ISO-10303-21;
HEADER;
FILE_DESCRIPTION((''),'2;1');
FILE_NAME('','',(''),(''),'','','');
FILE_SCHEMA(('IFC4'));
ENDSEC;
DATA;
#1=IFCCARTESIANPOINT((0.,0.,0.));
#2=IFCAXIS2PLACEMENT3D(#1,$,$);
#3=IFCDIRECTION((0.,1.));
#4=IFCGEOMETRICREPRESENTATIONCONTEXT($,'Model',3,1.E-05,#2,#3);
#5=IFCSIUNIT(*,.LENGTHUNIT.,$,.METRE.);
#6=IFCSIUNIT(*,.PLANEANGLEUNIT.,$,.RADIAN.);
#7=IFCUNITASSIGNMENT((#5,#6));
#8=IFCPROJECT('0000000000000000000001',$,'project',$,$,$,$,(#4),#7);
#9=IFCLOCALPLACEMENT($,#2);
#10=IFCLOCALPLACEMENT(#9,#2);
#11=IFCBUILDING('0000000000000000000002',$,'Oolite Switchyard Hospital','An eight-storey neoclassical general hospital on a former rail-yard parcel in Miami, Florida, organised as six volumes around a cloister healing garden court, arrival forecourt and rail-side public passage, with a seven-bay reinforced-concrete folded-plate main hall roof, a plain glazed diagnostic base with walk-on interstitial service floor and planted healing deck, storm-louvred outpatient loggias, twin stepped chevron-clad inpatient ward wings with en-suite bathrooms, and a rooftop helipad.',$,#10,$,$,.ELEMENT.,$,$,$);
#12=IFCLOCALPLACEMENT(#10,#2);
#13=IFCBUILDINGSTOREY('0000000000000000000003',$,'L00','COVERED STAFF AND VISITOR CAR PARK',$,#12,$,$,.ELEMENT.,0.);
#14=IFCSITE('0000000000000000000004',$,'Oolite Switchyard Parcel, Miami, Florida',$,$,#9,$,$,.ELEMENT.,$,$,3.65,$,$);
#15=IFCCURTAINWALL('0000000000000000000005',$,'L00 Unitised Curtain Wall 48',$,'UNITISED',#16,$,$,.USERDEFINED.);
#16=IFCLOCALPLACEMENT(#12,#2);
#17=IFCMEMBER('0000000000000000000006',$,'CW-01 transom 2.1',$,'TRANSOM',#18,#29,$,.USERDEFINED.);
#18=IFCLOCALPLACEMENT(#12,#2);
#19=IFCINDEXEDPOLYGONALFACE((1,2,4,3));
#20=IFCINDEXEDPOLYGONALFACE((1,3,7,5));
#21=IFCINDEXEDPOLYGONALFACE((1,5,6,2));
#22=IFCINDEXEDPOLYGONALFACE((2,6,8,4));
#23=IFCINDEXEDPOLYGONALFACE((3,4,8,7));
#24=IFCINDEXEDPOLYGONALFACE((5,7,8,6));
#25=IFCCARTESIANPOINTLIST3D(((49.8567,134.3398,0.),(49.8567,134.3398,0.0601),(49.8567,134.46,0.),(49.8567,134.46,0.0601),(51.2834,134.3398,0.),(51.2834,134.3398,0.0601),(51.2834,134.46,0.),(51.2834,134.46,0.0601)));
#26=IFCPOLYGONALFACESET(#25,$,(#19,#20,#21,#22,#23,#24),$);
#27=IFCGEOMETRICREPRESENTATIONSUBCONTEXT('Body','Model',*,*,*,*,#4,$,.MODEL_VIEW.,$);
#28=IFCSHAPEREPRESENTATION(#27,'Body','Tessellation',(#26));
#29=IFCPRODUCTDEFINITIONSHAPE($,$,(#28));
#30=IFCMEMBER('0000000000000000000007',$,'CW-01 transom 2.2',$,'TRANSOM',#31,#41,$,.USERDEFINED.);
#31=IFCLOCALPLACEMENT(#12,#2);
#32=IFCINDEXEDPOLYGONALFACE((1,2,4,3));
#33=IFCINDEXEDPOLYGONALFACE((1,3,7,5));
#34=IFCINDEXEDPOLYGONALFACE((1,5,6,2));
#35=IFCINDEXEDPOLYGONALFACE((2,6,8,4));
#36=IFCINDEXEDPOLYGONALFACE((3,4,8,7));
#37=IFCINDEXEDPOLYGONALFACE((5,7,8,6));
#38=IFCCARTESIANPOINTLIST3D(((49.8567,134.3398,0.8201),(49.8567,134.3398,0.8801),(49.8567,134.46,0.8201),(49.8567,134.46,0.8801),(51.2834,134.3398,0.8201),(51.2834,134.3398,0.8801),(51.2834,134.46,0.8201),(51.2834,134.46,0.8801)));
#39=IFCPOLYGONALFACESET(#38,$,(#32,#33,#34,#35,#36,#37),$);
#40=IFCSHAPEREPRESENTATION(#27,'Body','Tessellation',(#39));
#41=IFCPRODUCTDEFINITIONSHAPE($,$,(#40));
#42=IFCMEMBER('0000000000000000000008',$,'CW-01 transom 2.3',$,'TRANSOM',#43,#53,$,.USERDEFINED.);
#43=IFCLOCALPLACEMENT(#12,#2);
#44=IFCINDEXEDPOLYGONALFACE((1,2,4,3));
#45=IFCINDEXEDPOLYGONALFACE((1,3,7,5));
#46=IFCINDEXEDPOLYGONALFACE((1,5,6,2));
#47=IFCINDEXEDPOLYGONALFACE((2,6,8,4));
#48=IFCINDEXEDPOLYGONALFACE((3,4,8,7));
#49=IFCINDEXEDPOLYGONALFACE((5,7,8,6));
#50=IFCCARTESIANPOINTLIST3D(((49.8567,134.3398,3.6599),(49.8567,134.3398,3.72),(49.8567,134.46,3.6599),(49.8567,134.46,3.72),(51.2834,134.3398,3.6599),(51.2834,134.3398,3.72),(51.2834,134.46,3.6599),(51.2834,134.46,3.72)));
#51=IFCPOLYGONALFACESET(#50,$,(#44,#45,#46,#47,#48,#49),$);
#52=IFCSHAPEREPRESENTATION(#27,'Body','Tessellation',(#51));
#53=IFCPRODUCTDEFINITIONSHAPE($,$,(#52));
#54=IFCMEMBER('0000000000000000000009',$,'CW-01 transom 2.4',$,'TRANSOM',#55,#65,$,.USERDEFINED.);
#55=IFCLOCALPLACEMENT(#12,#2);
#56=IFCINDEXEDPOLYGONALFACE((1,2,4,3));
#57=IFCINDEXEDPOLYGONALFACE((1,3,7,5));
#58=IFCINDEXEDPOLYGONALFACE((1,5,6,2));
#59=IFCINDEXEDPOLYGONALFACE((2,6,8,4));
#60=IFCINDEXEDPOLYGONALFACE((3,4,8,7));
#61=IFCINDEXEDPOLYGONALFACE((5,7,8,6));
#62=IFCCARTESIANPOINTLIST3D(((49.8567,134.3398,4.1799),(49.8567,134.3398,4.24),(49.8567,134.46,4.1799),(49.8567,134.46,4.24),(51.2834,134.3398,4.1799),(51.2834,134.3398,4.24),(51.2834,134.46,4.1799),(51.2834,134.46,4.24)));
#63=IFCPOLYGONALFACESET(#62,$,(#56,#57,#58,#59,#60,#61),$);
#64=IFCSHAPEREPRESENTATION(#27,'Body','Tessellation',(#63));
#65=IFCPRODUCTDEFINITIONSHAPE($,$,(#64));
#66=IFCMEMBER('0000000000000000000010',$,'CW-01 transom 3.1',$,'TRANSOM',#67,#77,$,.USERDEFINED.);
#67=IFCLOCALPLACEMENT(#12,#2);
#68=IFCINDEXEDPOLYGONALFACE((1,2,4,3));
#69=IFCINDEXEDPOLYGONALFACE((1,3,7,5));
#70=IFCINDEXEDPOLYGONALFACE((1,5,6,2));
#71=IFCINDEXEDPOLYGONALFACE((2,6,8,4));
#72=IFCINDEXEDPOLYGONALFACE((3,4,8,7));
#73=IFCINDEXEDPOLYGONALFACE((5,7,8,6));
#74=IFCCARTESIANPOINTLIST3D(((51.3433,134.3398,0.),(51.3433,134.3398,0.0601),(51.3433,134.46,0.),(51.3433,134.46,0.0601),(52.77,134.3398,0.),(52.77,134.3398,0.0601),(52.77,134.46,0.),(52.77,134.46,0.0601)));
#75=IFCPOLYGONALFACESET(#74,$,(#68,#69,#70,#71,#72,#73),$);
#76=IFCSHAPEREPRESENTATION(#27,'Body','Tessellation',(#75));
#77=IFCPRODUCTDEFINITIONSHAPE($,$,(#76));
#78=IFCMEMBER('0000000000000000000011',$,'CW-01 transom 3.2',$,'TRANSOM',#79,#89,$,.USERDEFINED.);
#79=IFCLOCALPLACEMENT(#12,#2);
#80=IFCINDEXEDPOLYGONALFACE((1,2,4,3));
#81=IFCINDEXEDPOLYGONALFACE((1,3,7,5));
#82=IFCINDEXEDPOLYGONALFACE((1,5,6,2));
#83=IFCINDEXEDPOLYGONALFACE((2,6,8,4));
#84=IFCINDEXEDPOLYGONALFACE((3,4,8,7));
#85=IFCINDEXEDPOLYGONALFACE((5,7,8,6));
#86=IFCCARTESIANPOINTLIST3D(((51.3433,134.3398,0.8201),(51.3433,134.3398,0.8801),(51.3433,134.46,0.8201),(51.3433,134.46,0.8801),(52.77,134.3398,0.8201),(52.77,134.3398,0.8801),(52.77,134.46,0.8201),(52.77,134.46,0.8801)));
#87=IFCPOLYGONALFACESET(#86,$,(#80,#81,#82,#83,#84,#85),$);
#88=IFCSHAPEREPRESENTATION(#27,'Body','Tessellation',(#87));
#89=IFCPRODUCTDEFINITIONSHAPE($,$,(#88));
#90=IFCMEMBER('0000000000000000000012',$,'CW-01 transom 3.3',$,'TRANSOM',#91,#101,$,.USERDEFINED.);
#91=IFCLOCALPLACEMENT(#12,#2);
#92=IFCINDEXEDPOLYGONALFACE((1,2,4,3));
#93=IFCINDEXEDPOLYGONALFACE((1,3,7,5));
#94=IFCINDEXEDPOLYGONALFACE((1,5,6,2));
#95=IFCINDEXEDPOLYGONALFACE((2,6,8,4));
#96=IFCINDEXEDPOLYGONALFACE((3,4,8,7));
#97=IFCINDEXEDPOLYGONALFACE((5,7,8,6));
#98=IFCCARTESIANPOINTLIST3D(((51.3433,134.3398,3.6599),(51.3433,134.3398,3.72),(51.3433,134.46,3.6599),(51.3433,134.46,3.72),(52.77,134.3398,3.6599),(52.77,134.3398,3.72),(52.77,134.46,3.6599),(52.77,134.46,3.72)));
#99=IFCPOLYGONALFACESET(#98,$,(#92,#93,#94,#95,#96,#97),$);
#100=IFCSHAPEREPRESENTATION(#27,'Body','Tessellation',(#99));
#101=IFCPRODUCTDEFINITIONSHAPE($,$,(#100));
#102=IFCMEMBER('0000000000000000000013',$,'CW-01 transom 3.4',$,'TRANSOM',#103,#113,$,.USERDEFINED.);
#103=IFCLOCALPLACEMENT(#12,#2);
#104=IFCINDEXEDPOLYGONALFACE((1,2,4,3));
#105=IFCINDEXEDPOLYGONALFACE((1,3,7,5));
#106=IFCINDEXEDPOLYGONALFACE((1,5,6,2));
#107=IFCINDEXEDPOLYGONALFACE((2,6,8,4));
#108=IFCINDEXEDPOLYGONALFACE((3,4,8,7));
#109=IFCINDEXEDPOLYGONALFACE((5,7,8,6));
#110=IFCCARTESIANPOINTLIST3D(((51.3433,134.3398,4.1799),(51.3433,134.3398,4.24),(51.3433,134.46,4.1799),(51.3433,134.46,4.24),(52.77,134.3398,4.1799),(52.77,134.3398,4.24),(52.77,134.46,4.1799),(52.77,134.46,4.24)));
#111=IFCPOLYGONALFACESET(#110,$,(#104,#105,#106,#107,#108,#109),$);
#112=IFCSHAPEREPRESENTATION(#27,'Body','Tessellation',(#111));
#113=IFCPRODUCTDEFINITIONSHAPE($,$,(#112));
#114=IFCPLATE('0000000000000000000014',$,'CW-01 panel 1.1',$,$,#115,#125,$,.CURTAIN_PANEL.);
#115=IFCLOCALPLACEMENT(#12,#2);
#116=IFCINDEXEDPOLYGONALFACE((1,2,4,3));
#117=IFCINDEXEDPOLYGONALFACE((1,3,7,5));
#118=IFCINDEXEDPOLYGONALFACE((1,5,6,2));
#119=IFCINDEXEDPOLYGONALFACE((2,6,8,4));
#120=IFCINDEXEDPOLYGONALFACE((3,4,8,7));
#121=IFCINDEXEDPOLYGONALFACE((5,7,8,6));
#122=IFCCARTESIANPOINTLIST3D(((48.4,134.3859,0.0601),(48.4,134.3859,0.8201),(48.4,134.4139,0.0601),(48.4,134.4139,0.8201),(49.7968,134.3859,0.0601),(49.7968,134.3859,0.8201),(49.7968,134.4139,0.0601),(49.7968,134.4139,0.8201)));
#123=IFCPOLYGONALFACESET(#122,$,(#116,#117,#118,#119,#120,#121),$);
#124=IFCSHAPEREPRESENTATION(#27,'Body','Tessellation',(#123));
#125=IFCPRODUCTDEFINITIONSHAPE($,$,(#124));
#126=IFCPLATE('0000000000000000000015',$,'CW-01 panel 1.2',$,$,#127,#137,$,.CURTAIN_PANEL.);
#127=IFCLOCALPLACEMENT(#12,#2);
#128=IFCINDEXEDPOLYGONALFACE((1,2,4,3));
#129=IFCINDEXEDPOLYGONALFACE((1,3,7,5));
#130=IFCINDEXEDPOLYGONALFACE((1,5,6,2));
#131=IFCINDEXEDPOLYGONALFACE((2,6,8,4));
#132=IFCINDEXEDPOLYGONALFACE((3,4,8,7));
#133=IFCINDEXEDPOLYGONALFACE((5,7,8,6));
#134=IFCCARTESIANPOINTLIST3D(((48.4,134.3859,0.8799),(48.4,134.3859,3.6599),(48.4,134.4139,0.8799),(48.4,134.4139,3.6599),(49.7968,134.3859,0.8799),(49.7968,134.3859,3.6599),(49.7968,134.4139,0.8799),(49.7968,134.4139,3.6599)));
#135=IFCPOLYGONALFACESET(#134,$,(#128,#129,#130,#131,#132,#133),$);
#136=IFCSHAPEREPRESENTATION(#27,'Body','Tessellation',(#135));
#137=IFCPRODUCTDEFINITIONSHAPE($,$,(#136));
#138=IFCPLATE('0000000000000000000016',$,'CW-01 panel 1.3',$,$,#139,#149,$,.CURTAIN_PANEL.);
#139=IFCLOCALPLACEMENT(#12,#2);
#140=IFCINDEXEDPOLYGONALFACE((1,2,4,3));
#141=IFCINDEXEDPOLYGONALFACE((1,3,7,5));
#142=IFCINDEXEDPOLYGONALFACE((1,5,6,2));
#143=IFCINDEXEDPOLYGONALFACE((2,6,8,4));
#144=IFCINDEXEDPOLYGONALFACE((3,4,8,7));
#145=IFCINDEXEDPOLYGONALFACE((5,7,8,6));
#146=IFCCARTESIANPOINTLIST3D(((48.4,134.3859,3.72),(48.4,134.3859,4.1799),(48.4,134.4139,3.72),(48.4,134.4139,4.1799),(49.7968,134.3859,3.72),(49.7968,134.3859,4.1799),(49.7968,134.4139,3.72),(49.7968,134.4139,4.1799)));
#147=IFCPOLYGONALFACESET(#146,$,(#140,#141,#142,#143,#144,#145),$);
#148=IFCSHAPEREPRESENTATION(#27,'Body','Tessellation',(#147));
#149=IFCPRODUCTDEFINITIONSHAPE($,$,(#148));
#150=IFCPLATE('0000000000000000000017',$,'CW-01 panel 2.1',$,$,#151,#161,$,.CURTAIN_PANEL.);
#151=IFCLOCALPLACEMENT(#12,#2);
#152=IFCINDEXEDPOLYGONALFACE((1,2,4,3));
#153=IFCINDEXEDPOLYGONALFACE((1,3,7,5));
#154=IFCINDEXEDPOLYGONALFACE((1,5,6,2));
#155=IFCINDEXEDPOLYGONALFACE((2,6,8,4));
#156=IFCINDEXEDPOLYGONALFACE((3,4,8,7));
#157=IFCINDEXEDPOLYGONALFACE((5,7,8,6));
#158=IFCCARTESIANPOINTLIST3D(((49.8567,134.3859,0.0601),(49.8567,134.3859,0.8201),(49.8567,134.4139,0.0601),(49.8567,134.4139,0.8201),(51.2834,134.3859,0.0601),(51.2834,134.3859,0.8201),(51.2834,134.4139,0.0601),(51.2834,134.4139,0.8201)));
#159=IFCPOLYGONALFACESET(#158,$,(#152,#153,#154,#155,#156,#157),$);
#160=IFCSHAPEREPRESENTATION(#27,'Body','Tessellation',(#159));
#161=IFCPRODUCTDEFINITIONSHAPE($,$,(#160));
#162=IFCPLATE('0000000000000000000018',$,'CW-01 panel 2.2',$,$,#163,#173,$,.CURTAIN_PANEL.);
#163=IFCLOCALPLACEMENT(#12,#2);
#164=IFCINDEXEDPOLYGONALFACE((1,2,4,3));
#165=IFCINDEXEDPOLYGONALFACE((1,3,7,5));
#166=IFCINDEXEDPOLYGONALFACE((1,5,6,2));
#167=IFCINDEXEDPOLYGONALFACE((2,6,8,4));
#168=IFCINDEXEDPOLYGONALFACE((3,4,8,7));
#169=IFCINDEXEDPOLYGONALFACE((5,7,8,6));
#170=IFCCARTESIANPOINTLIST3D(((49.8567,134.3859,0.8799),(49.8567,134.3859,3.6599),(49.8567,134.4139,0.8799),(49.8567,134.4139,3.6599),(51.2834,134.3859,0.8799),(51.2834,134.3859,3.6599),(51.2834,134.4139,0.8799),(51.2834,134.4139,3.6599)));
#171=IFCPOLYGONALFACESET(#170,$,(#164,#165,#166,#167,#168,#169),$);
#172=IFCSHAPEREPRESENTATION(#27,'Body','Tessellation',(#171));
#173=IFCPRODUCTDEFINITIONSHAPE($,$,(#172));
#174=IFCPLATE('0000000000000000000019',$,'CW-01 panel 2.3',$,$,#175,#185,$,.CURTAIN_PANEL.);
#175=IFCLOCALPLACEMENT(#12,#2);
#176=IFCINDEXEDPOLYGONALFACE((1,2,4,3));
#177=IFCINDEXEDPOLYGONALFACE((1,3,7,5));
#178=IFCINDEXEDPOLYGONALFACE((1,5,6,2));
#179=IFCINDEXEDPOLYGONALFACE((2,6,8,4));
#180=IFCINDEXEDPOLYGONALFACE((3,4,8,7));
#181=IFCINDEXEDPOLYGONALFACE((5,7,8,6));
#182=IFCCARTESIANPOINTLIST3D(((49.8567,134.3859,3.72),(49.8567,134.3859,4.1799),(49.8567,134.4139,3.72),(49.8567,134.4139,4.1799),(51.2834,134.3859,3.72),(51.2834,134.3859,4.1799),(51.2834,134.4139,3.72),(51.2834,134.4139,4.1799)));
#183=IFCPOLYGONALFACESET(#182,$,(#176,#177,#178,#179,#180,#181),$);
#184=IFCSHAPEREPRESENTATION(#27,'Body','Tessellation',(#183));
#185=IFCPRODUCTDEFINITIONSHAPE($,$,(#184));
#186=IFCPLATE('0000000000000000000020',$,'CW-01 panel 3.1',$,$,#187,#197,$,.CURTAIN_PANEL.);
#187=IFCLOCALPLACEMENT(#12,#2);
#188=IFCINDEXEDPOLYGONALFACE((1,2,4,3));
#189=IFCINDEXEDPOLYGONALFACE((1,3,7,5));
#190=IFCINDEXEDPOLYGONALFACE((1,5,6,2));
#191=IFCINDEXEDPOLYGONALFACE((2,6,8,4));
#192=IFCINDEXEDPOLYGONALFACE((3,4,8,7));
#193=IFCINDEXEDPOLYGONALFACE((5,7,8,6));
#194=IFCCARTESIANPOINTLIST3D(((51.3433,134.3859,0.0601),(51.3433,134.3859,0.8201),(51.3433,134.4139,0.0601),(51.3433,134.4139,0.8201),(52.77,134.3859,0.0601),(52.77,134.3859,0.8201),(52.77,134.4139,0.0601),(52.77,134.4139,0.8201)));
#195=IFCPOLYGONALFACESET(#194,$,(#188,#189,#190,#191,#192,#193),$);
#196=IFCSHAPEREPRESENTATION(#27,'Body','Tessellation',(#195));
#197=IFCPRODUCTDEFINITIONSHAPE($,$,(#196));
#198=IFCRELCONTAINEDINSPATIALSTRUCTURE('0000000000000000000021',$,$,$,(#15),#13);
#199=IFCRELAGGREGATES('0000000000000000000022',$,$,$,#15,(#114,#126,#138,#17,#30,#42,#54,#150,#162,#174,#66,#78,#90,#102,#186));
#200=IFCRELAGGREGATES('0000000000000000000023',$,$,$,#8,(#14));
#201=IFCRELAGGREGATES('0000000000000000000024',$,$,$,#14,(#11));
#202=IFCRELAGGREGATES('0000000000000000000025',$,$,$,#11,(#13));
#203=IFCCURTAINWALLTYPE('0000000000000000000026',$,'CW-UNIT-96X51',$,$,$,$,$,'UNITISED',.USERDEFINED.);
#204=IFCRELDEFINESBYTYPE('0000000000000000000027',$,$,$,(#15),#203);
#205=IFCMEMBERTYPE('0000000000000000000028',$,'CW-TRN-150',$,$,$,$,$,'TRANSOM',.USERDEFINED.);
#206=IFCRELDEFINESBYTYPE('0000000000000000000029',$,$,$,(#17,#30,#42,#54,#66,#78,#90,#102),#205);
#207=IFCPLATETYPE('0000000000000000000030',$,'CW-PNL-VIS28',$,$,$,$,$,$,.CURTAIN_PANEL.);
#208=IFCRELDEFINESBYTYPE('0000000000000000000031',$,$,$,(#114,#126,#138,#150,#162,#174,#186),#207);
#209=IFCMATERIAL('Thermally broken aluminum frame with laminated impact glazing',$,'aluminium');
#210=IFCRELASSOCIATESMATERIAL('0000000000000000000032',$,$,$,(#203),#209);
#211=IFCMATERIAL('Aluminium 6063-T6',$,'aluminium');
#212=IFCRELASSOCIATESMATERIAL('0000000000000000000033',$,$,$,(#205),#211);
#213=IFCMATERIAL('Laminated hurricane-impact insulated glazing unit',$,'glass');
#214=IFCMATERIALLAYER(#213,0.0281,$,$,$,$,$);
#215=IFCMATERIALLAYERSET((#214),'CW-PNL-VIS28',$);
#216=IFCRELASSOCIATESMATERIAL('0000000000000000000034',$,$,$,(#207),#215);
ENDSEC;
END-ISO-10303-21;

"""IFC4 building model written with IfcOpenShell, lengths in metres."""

from ifc_helpers import new_model, si_unit, direction, frame, origin, origin_2d, place, context, subcontext, project, spatial, rectangle, extrude, material, layer, layer_set, material_profile, profile_set, type_object, element, aggregate, save


model = new_model("IFC4")

# Units and contexts
model_context = context("Model", 3, precision=1e-05, world=origin(), true_north=direction((0.0, 1.0)))
body_context = subcontext(model_context, "Body", "Model", "MODEL_VIEW")
ifc_project = project(units=[si_unit("LENGTHUNIT", "METRE"), si_unit("PLANEANGLEUNIT", "RADIAN")], contexts=[model_context])

# Site, building, storey
site_placement = place(None, origin())
site = spatial("IfcSite", under=ifc_project, at=site_placement, Name="Oolite Switchyard Parcel, Miami, Florida", CompositionType="ELEMENT", RefElevation=3.65)
building_placement = place(site_placement, origin())
building = spatial("IfcBuilding", under=site, at=building_placement, Name="Oolite Switchyard Hospital", Description="An eight-storey neoclassical general hospital on a former rail-yard parcel in Miami, Florida, organised as six volumes around a cloister healing garden court, arrival forecourt and rail-side public passage, with a seven-bay reinforced-concrete folded-plate main hall roof, a plain glazed diagnostic base with walk-on interstitial service floor and planted healing deck, storm-louvred outpatient loggias, twin stepped chevron-clad inpatient ward wings with en-suite bathrooms, and a rooftop helipad.", CompositionType="ELEMENT")
storey_placement = place(building_placement, origin())
storey = spatial("IfcBuildingStorey", under=building, at=storey_placement, Name="L00", Description="COVERED STAFF AND VISITOR CAR PARK", CompositionType="ELEMENT", Elevation=0.0)

# Curtain wall, members, plates
ifc_material_1 = material(Name="Thermally broken aluminum frame with laminated impact glazing", Category="aluminium")
curtain_wall_type = type_object("IfcCurtainWallType", Name="CW-UNIT-96X51", ElementType="UNITISED", PredefinedType="USERDEFINED", material=ifc_material_1)
curtain_wall_placement = place(storey_placement, origin())
curtain_wall = element("IfcCurtainWall", 1, at=curtain_wall_placement, inside=storey, type_object=curtain_wall_type, Name="L00 Unitised Curtain Wall 48", ObjectType="UNITISED", PredefinedType="USERDEFINED")
ifc_material_2 = material(Name="Aluminium 6063-T6", Category="aluminium")
ifc_material_profile_1 = material_profile(ifc_material_2, rectangle(XDim=0.1201, YDim=0.0601, at=origin_2d()), Name="CWT60X120")
ifc_profile_set_1 = profile_set([ifc_material_profile_1], Name="Aluminium 6063-T6")
member_type_1 = type_object("IfcMemberType", Name="CW-TRN-150", ElementType="TRANSOM", PredefinedType="USERDEFINED", material=ifc_profile_set_1)
member_1_placement = place(storey_placement, frame((49.8567, 134.3999, 0.03), z_axis=(1.0, 0.0, 0.0), x_axis=(0.0, 1.0, 0.0)))
member_1 = element("IfcMember", 2, at=member_1_placement, type_object=member_type_1, Name="CW-01 transom 2.1", ObjectType="TRANSOM", PredefinedType="USERDEFINED", context=body_context, shape_type="SweptSolid", body=[
    extrude(rectangle(XDim=0.1201, YDim=0.0601, at=origin_2d()), origin(), (0.0, 0.0, 1.0), 1.4268),
])
member_2_placement = place(storey_placement, frame((49.8567, 134.3999, 0.8501), z_axis=(1.0, 0.0, 0.0), x_axis=(0.0, 1.0, 0.0)))
member_2 = element("IfcMember", 3, at=member_2_placement, type_object=member_type_1, Name="CW-01 transom 2.2", ObjectType="TRANSOM", PredefinedType="USERDEFINED", context=body_context, shape_type="SweptSolid", body=[
    extrude(rectangle(XDim=0.1201, YDim=0.0601, at=origin_2d()), origin(), (0.0, 0.0, 1.0), 1.4268),
])
member_3_placement = place(storey_placement, frame((49.8567, 134.3999, 3.6899), z_axis=(1.0, 0.0, 0.0), x_axis=(0.0, 1.0, 0.0)))
member_3 = element("IfcMember", 4, at=member_3_placement, type_object=member_type_1, Name="CW-01 transom 2.3", ObjectType="TRANSOM", PredefinedType="USERDEFINED", context=body_context, shape_type="SweptSolid", body=[
    extrude(rectangle(XDim=0.1201, YDim=0.0601, at=origin_2d()), origin(), (0.0, 0.0, 1.0), 1.4268),
])
member_4_placement = place(storey_placement, frame((49.8567, 134.3999, 4.21), z_axis=(1.0, 0.0, 0.0), x_axis=(0.0, 1.0, 0.0)))
member_4 = element("IfcMember", 5, at=member_4_placement, type_object=member_type_1, Name="CW-01 transom 2.4", ObjectType="TRANSOM", PredefinedType="USERDEFINED", context=body_context, shape_type="SweptSolid", body=[
    extrude(rectangle(XDim=0.1201, YDim=0.0601, at=origin_2d()), origin(), (0.0, 0.0, 1.0), 1.4268),
])
member_5_placement = place(storey_placement, frame((51.3433, 134.3999, 0.03), z_axis=(1.0, 0.0, 0.0), x_axis=(0.0, 1.0, 0.0)))
member_5 = element("IfcMember", 6, at=member_5_placement, type_object=member_type_1, Name="CW-01 transom 3.1", ObjectType="TRANSOM", PredefinedType="USERDEFINED", context=body_context, shape_type="SweptSolid", body=[
    extrude(rectangle(XDim=0.1201, YDim=0.0601, at=origin_2d()), origin(), (0.0, 0.0, 1.0), 1.4268),
])
member_6_placement = place(storey_placement, frame((51.3433, 134.3999, 0.8501), z_axis=(1.0, 0.0, 0.0), x_axis=(0.0, 1.0, 0.0)))
member_6 = element("IfcMember", 7, at=member_6_placement, type_object=member_type_1, Name="CW-01 transom 3.2", ObjectType="TRANSOM", PredefinedType="USERDEFINED", context=body_context, shape_type="SweptSolid", body=[
    extrude(rectangle(XDim=0.1201, YDim=0.0601, at=origin_2d()), origin(), (0.0, 0.0, 1.0), 1.4268),
])
member_7_placement = place(storey_placement, frame((51.3433, 134.3999, 3.6899), z_axis=(1.0, 0.0, 0.0), x_axis=(0.0, 1.0, 0.0)))
member_7 = element("IfcMember", 8, at=member_7_placement, type_object=member_type_1, Name="CW-01 transom 3.3", ObjectType="TRANSOM", PredefinedType="USERDEFINED", context=body_context, shape_type="SweptSolid", body=[
    extrude(rectangle(XDim=0.1201, YDim=0.0601, at=origin_2d()), origin(), (0.0, 0.0, 1.0), 1.4268),
])
member_8_placement = place(storey_placement, frame((51.3433, 134.3999, 4.21), z_axis=(1.0, 0.0, 0.0), x_axis=(0.0, 1.0, 0.0)))
member_8 = element("IfcMember", 9, at=member_8_placement, type_object=member_type_1, Name="CW-01 transom 3.4", ObjectType="TRANSOM", PredefinedType="USERDEFINED", context=body_context, shape_type="SweptSolid", body=[
    extrude(rectangle(XDim=0.1201, YDim=0.0601, at=origin_2d()), origin(), (0.0, 0.0, 1.0), 1.4268),
])
ifc_material_3 = material(Name="Laminated hurricane-impact insulated glazing unit", Category="glass")
ifc_layer = layer(ifc_material_3, 0.0281)
ifc_layer_set = layer_set([ifc_layer], Name="CW-PNL-VIS28")
plate_type = type_object("IfcPlateType", Name="CW-PNL-VIS28", PredefinedType="CURTAIN_PANEL", material=ifc_layer_set)
plate_1_placement = place(storey_placement, frame((49.0984, 134.3999, 0.0601), z_axis=(0.0, 0.0, 1.0), x_axis=(1.0, 0.0, 0.0)))
plate_1 = element("IfcPlate", 10, at=plate_1_placement, type_object=plate_type, Name="CW-01 panel 1.1", PredefinedType="CURTAIN_PANEL", context=body_context, shape_type="SweptSolid", body=[
    extrude(rectangle(XDim=1.3967, YDim=0.0281, at=origin_2d()), origin(), (0.0, 0.0, 1.0), 0.76),
])
plate_2_placement = place(storey_placement, frame((49.0984, 134.3999, 0.8799), z_axis=(0.0, 0.0, 1.0), x_axis=(1.0, 0.0, 0.0)))
plate_2 = element("IfcPlate", 11, at=plate_2_placement, type_object=plate_type, Name="CW-01 panel 1.2", PredefinedType="CURTAIN_PANEL", context=body_context, shape_type="SweptSolid", body=[
    extrude(rectangle(XDim=1.3967, YDim=0.0281, at=origin_2d()), origin(), (0.0, 0.0, 1.0), 2.78),
])
plate_3_placement = place(storey_placement, frame((49.0984, 134.3999, 3.72), z_axis=(0.0, 0.0, 1.0), x_axis=(1.0, 0.0, 0.0)))
plate_3 = element("IfcPlate", 12, at=plate_3_placement, type_object=plate_type, Name="CW-01 panel 1.3", PredefinedType="CURTAIN_PANEL", context=body_context, shape_type="SweptSolid", body=[
    extrude(rectangle(XDim=1.3967, YDim=0.0281, at=origin_2d()), origin(), (0.0, 0.0, 1.0), 0.46),
])
plate_4_placement = place(storey_placement, frame((50.5701, 134.3999, 0.0601), z_axis=(0.0, 0.0, 1.0), x_axis=(1.0, 0.0, 0.0)))
plate_4 = element("IfcPlate", 13, at=plate_4_placement, type_object=plate_type, Name="CW-01 panel 2.1", PredefinedType="CURTAIN_PANEL", context=body_context, shape_type="SweptSolid", body=[
    extrude(rectangle(XDim=1.4268, YDim=0.0281, at=origin_2d()), origin(), (0.0, 0.0, 1.0), 0.76),
])
plate_5_placement = place(storey_placement, frame((50.5701, 134.3999, 0.8799), z_axis=(0.0, 0.0, 1.0), x_axis=(1.0, 0.0, 0.0)))
plate_5 = element("IfcPlate", 14, at=plate_5_placement, type_object=plate_type, Name="CW-01 panel 2.2", PredefinedType="CURTAIN_PANEL", context=body_context, shape_type="SweptSolid", body=[
    extrude(rectangle(XDim=1.4268, YDim=0.0281, at=origin_2d()), origin(), (0.0, 0.0, 1.0), 2.78),
])
plate_6_placement = place(storey_placement, frame((50.5701, 134.3999, 3.72), z_axis=(0.0, 0.0, 1.0), x_axis=(1.0, 0.0, 0.0)))
plate_6 = element("IfcPlate", 15, at=plate_6_placement, type_object=plate_type, Name="CW-01 panel 2.3", PredefinedType="CURTAIN_PANEL", context=body_context, shape_type="SweptSolid", body=[
    extrude(rectangle(XDim=1.4268, YDim=0.0281, at=origin_2d()), origin(), (0.0, 0.0, 1.0), 0.46),
])
plate_7_placement = place(storey_placement, frame((52.0566, 134.3999, 0.0601), z_axis=(0.0, 0.0, 1.0), x_axis=(1.0, 0.0, 0.0)))
plate_7 = element("IfcPlate", 16, at=plate_7_placement, type_object=plate_type, Name="CW-01 panel 3.1", PredefinedType="CURTAIN_PANEL", context=body_context, shape_type="SweptSolid", body=[
    extrude(rectangle(XDim=1.4268, YDim=0.0281, at=origin_2d()), origin(), (0.0, 0.0, 1.0), 0.76),
])
aggregate(curtain_wall, [plate_1, plate_2, plate_3, member_1, member_2, member_3, member_4, plate_4, plate_5, plate_6, member_5, member_6, member_7, member_8, plate_7])

save(model, "model.ifc")
